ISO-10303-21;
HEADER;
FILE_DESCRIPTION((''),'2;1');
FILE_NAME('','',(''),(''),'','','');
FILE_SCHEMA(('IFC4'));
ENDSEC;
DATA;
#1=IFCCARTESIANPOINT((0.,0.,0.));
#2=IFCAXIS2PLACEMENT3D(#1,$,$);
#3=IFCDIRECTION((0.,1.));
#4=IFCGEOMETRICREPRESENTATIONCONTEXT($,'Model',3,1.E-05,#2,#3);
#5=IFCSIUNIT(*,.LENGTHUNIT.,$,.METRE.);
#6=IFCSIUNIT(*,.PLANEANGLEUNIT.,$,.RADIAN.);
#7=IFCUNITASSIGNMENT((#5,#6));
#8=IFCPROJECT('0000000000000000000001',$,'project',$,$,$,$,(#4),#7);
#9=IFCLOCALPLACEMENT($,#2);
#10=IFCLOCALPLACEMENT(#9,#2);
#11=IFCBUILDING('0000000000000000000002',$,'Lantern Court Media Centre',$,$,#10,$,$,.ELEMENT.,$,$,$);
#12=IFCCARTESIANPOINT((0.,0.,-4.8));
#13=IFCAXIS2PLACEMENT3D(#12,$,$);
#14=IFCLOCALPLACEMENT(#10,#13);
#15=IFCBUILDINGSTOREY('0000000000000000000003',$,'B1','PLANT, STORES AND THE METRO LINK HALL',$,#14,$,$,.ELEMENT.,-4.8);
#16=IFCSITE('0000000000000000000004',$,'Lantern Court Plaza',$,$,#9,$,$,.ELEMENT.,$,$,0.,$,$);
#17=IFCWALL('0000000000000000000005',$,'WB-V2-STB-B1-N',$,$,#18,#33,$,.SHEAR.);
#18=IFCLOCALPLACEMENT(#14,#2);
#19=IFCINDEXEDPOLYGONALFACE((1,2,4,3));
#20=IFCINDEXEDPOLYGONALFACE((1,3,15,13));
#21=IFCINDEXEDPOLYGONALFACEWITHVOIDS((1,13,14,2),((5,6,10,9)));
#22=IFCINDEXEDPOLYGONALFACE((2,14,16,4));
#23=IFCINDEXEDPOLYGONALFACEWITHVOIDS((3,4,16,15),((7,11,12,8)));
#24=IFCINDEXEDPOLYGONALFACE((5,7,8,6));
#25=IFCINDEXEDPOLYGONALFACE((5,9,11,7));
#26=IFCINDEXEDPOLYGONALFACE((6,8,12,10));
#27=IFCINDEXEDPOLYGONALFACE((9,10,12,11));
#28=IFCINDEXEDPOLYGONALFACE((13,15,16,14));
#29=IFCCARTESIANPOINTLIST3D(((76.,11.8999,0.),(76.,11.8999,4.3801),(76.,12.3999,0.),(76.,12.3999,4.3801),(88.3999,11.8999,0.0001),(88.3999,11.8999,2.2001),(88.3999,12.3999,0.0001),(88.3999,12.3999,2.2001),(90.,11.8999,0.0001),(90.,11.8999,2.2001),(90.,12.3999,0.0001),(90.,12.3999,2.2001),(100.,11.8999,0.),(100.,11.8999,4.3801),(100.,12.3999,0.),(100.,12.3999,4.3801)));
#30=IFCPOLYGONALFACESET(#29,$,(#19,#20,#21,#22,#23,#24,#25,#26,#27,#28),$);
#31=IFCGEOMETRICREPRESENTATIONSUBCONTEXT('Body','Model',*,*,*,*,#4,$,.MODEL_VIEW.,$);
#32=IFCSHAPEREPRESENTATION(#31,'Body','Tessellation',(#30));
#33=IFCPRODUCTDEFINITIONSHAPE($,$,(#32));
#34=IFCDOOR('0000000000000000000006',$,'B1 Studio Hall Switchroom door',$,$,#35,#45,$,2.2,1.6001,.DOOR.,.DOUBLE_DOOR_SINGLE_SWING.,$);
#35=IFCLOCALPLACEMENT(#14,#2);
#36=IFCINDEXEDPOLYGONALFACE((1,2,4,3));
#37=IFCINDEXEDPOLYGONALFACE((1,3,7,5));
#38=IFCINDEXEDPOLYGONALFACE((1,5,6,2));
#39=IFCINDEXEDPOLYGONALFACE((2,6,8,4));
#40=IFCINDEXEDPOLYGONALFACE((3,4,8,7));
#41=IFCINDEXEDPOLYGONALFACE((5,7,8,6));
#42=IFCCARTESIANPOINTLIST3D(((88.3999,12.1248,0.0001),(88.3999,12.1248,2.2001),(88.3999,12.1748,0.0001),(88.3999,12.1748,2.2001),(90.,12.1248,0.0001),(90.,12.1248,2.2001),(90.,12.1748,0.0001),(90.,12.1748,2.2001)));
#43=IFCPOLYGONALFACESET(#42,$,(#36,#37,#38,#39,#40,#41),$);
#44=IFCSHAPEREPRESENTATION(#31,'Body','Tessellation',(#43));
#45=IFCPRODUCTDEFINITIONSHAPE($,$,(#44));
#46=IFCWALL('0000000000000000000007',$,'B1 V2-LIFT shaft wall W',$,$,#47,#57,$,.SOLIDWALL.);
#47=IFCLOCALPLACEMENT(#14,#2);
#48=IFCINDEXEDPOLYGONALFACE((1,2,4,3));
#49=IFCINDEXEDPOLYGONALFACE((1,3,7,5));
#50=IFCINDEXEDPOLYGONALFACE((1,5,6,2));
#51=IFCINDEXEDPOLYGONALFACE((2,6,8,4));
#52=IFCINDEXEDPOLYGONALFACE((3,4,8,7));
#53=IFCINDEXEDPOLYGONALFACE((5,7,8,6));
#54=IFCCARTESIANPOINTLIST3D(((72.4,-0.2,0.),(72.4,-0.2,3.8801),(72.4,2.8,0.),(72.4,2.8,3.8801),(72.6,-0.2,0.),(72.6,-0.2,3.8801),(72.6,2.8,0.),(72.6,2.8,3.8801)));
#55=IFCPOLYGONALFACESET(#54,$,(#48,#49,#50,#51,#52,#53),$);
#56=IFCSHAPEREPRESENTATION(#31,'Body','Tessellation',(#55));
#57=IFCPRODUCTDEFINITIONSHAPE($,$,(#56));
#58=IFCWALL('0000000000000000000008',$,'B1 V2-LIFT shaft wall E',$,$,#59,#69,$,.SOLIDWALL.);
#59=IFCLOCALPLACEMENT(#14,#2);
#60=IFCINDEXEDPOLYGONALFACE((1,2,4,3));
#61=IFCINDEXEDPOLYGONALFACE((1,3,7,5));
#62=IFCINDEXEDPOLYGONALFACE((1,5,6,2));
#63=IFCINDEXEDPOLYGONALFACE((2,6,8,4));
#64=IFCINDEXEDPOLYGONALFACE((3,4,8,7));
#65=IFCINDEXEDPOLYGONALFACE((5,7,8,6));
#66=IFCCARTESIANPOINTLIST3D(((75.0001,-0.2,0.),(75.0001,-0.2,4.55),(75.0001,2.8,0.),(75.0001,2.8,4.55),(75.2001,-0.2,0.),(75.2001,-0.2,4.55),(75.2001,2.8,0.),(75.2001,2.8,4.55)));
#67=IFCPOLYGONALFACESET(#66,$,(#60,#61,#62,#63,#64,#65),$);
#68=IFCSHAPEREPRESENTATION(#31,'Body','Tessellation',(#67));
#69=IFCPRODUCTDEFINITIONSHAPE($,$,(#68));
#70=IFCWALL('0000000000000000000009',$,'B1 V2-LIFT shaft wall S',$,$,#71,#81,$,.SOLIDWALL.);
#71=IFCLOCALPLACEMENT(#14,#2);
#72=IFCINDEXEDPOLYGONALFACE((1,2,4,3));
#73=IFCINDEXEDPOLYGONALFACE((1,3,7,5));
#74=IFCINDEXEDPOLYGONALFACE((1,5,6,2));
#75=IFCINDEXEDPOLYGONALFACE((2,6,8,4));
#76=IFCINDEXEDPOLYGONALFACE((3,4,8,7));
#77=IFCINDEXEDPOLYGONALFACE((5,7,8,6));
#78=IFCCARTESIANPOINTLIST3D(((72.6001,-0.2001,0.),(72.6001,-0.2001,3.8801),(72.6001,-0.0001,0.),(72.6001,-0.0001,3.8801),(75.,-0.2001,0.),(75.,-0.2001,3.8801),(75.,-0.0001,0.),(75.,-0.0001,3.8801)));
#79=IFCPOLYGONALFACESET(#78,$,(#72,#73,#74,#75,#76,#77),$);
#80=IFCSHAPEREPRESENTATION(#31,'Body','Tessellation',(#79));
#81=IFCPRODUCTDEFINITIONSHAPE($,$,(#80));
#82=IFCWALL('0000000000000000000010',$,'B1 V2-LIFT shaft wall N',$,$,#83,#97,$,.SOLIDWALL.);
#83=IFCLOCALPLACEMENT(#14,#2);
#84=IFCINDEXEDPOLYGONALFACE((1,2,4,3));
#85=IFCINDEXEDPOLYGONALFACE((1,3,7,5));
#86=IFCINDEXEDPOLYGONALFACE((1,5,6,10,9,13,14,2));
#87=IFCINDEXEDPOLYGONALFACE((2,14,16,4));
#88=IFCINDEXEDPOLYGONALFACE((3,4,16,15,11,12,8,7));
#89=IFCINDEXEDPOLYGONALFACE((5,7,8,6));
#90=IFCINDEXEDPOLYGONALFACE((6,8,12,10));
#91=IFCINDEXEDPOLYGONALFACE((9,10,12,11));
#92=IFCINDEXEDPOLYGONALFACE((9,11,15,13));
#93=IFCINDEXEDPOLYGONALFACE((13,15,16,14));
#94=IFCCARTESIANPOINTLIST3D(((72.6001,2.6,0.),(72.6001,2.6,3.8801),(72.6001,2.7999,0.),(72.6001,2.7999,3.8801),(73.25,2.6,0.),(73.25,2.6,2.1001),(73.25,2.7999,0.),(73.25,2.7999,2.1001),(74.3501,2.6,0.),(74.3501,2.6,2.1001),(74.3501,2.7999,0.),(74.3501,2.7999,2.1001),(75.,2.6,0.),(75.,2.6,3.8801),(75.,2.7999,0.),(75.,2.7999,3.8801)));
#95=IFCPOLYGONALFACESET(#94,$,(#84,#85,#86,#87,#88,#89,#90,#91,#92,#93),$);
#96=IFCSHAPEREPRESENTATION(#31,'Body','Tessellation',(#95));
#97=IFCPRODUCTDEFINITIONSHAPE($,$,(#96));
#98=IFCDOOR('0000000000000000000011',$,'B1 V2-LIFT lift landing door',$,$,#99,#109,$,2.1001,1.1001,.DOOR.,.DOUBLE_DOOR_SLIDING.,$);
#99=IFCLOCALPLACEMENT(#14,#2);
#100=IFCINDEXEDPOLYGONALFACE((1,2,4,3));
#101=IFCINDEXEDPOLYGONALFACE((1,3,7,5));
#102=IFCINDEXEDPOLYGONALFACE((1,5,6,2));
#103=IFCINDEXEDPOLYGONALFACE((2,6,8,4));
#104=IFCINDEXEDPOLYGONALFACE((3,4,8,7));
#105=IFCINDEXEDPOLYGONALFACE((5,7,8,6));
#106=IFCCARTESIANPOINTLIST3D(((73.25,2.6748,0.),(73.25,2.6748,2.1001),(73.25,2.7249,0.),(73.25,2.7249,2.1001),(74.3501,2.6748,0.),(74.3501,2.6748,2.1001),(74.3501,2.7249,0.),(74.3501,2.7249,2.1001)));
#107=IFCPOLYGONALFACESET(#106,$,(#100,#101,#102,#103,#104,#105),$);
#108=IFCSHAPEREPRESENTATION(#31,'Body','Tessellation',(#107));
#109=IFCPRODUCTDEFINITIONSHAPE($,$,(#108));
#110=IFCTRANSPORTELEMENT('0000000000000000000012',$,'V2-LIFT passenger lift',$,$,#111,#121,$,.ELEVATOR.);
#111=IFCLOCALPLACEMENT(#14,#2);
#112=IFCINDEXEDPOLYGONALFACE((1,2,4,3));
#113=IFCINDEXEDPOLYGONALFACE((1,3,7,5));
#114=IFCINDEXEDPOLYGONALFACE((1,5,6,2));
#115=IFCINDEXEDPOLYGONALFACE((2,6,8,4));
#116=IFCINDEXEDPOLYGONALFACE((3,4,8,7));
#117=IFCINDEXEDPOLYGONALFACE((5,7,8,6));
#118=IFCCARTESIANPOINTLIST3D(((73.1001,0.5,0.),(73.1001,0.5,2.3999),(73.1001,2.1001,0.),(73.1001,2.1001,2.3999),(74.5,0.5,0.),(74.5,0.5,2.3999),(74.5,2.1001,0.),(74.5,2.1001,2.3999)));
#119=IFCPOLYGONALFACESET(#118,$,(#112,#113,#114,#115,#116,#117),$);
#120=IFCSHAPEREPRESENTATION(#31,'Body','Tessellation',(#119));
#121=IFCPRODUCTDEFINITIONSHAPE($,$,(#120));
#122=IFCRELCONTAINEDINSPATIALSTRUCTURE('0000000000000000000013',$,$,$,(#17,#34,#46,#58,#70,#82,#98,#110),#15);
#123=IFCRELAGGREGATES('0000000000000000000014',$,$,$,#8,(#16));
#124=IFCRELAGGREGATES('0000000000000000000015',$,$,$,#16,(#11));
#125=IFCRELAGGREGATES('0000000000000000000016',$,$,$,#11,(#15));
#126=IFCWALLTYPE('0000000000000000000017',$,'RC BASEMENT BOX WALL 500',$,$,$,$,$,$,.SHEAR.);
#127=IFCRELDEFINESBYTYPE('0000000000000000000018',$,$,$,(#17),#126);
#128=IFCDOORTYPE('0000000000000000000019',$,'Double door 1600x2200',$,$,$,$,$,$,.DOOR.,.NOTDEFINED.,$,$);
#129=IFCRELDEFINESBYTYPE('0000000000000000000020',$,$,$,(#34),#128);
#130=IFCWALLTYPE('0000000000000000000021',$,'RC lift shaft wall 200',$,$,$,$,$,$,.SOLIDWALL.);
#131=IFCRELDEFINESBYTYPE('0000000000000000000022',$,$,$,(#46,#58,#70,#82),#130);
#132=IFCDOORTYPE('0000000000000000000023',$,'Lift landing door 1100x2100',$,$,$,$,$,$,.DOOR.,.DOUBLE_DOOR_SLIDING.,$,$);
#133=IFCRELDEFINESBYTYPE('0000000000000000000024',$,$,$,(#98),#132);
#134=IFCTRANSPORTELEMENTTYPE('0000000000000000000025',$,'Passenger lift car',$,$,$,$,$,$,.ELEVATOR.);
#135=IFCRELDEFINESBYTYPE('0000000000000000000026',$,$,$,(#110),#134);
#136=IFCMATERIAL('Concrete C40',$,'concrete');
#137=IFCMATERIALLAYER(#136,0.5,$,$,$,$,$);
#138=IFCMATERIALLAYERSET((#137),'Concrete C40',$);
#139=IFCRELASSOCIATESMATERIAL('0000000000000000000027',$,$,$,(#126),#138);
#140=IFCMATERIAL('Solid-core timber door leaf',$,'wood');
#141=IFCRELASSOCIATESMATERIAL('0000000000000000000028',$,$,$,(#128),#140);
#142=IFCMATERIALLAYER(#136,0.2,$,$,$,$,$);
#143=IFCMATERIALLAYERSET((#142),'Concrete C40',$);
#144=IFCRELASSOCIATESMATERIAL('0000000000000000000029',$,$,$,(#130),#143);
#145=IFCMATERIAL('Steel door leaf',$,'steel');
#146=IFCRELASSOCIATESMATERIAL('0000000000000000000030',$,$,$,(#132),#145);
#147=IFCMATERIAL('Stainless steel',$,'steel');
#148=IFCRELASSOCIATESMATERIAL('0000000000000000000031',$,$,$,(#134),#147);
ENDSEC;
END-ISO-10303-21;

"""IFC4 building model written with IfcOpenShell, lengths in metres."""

from ifc_helpers import new_model, si_unit, direction, frame, frame_2d, origin, origin_2d, place, context, subcontext, project, spatial, rectangle, extrude, material, layer, layer_set, type_object, element, fill, save


model = new_model("IFC4")

# Units and contexts
model_context = context("Model", 3, precision=1e-05, world=origin(), true_north=direction((0.0, 1.0)))
body_context = subcontext(model_context, "Body", "Model", "MODEL_VIEW")
ifc_project = project(units=[si_unit("LENGTHUNIT", "METRE"), si_unit("PLANEANGLEUNIT", "RADIAN")], contexts=[model_context])

# Site, building, storey
site_placement = place(None, origin())
site = spatial("IfcSite", under=ifc_project, at=site_placement, Name="Lantern Court Plaza", CompositionType="ELEMENT", RefElevation=0.0)
building_placement = place(site_placement, origin())
building = spatial("IfcBuilding", under=site, at=building_placement, Name="Lantern Court Media Centre", CompositionType="ELEMENT")
storey_placement = place(building_placement, frame((0.0, 0.0, -4.8)))
storey = spatial("IfcBuildingStorey", under=building, at=storey_placement, Name="B1", Description="PLANT, STORES AND THE METRO LINK HALL", CompositionType="ELEMENT", Elevation=-4.8)

# Shared definitions
ifc_material_1 = material(Name="Concrete C40", Category="concrete")
ifc_layer_1 = layer(ifc_material_1, 0.5)
ifc_layer_set_1 = layer_set([ifc_layer_1], Name="Concrete C40")
wall_type_1 = type_object("IfcWallType", Name="RC BASEMENT BOX WALL 500", PredefinedType="SHEAR", material=ifc_layer_set_1)

# Wall, opening, door
wall_1_placement = place(storey_placement, frame((76.0, 12.1499, 0.0), z_axis=(0.0, 0.0, 1.0), x_axis=(1.0, 0.0, 0.0)))
wall_1 = element("IfcWall", 1, at=wall_1_placement, inside=storey, type_object=wall_type_1, Name="WB-V2-STB-B1-N", PredefinedType="SHEAR", context=body_context, shape_type="SweptSolid", body=[
    extrude(rectangle(XDim=24.0, YDim=0.5, at=frame_2d((12.0, 0.0))), origin(), (0.0, 0.0, 1.0), 4.3801),
])
opening_1_placement = place(wall_1_placement, frame((12.3999, 0.0, 0.0)))
opening_1 = element("IfcOpeningElement", 2, at=opening_1_placement, cuts=wall_1, PredefinedType="OPENING", context=body_context, shape_type="SweptSolid", body=[
    extrude(rectangle(XDim=1.6001, YDim=2.2, at=frame_2d((0.8, 1.1001))), frame((0.0, 0.26, 0.0), z_axis=(0.0, -1.0, 0.0), x_axis=(1.0, 0.0, 0.0)), (0.0, 0.0, 1.0), 0.52),
])
ifc_material_2 = material(Name="Solid-core timber door leaf", Category="wood")
door_type_1 = type_object("IfcDoorType", Name="Double door 1600x2200", OperationType="NOTDEFINED", PredefinedType="DOOR", material=ifc_material_2)
door_1_placement = place(opening_1_placement, origin())
door_1 = element("IfcDoor", 3, at=door_1_placement, inside=storey, type_object=door_type_1, Name="B1 Studio Hall Switchroom door", OperationType="DOUBLE_DOOR_SINGLE_SWING", OverallHeight=2.2, OverallWidth=1.6001, PredefinedType="DOOR", context=body_context, shape_type="SweptSolid", body=[
    extrude(rectangle(XDim=1.6001, YDim=2.2, at=frame_2d((0.8, 1.1001))), frame((0.0, 0.0249, 0.0), z_axis=(0.0, -1.0, 0.0), x_axis=(1.0, 0.0, 0.0)), (0.0, 0.0, 1.0), 0.05),
])
fill(opening_1, door_1)
ifc_material_3 = material(Name="Steel door leaf", Category="steel")

# Walls
ifc_layer_2 = layer(ifc_material_1, 0.2)
ifc_layer_set_2 = layer_set([ifc_layer_2], Name="Concrete C40")
wall_type_2 = type_object("IfcWallType", Name="RC lift shaft wall 200", PredefinedType="SOLIDWALL", material=ifc_layer_set_2)
wall_2_placement = place(storey_placement, frame((72.5, -0.2, 0.0), z_axis=(0.0, 0.0, 1.0), x_axis=(0.0, 1.0, 0.0)))
element("IfcWall", 4, at=wall_2_placement, inside=storey, type_object=wall_type_2, Name="B1 V2-LIFT shaft wall W", PredefinedType="SOLIDWALL", context=body_context, shape_type="SweptSolid", body=[
    extrude(rectangle(XDim=3.0, YDim=0.2, at=frame_2d((1.5, 0.0))), origin(), (0.0, 0.0, 1.0), 3.8801),
])
wall_3_placement = place(storey_placement, frame((75.1001, -0.2, 0.0), z_axis=(0.0, 0.0, 1.0), x_axis=(0.0, 1.0, 0.0)))
element("IfcWall", 5, at=wall_3_placement, inside=storey, type_object=wall_type_2, Name="B1 V2-LIFT shaft wall E", PredefinedType="SOLIDWALL", context=body_context, shape_type="SweptSolid", body=[
    extrude(rectangle(XDim=3.0, YDim=0.2, at=frame_2d((1.5, 0.0))), origin(), (0.0, 0.0, 1.0), 4.55),
])
wall_4_placement = place(storey_placement, frame((72.6001, -0.1001, 0.0), z_axis=(0.0, 0.0, 1.0), x_axis=(1.0, 0.0, 0.0)))
element("IfcWall", 6, at=wall_4_placement, inside=storey, type_object=wall_type_2, Name="B1 V2-LIFT shaft wall S", PredefinedType="SOLIDWALL", context=body_context, shape_type="SweptSolid", body=[
    extrude(rectangle(XDim=2.3999, YDim=0.2, at=frame_2d((1.2, 0.0))), origin(), (0.0, 0.0, 1.0), 3.8801),
])

# Wall, opening, door
wall_5_placement = place(storey_placement, frame((72.6001, 2.7, 0.0), z_axis=(0.0, 0.0, 1.0), x_axis=(1.0, 0.0, 0.0)))
wall_5 = element("IfcWall", 7, at=wall_5_placement, inside=storey, type_object=wall_type_2, Name="B1 V2-LIFT shaft wall N", PredefinedType="SOLIDWALL", context=body_context, shape_type="SweptSolid", body=[
    extrude(rectangle(XDim=2.3999, YDim=0.2, at=frame_2d((1.2, 0.0))), origin(), (0.0, 0.0, 1.0), 3.8801),
])
opening_2_placement = place(wall_5_placement, frame((0.6499, 0.0, 0.0)))
opening_2 = element("IfcOpeningElement", 8, at=opening_2_placement, cuts=wall_5, PredefinedType="OPENING", context=body_context, shape_type="SweptSolid", body=[
    extrude(rectangle(XDim=1.1001, YDim=2.1001, at=frame_2d((0.55, 1.05))), frame((0.0, 0.1099, 0.0), z_axis=(0.0, -1.0, 0.0), x_axis=(1.0, 0.0, 0.0)), (0.0, 0.0, 1.0), 0.22),
])
door_type_2 = type_object("IfcDoorType", Name="Lift landing door 1100x2100", OperationType="DOUBLE_DOOR_SLIDING", PredefinedType="DOOR", material=ifc_material_3)
door_2_placement = place(opening_2_placement, origin())
door_2 = element("IfcDoor", 9, at=door_2_placement, inside=storey, type_object=door_type_2, Name="B1 V2-LIFT lift landing door", OperationType="DOUBLE_DOOR_SLIDING", OverallHeight=2.1001, OverallWidth=1.1001, PredefinedType="DOOR", context=body_context, shape_type="SweptSolid", body=[
    extrude(rectangle(XDim=1.1001, YDim=2.1001, at=frame_2d((0.55, 1.05))), frame((0.0, 0.0249, 0.0), z_axis=(0.0, -1.0, 0.0), x_axis=(1.0, 0.0, 0.0)), (0.0, 0.0, 1.0), 0.05),
])
fill(opening_2, door_2)

# Transport element
ifc_material_4 = material(Name="Stainless steel", Category="steel")
transport_element_type = type_object("IfcTransportElementType", Name="Passenger lift car", PredefinedType="ELEVATOR", material=ifc_material_4)
transport_element_placement = place(storey_placement, frame((73.8, 1.3, 0.0), z_axis=(0.0, 0.0, 1.0), x_axis=(1.0, 0.0, 0.0)))
element("IfcTransportElement", 10, at=transport_element_placement, inside=storey, type_object=transport_element_type, Name="V2-LIFT passenger lift", PredefinedType="ELEVATOR", context=body_context, shape_type="SweptSolid", body=[
    extrude(rectangle(XDim=1.3999, YDim=1.6001, at=origin_2d()), origin(), (0.0, 0.0, 1.0), 2.3999),
])

save(model, "model.ifc")
